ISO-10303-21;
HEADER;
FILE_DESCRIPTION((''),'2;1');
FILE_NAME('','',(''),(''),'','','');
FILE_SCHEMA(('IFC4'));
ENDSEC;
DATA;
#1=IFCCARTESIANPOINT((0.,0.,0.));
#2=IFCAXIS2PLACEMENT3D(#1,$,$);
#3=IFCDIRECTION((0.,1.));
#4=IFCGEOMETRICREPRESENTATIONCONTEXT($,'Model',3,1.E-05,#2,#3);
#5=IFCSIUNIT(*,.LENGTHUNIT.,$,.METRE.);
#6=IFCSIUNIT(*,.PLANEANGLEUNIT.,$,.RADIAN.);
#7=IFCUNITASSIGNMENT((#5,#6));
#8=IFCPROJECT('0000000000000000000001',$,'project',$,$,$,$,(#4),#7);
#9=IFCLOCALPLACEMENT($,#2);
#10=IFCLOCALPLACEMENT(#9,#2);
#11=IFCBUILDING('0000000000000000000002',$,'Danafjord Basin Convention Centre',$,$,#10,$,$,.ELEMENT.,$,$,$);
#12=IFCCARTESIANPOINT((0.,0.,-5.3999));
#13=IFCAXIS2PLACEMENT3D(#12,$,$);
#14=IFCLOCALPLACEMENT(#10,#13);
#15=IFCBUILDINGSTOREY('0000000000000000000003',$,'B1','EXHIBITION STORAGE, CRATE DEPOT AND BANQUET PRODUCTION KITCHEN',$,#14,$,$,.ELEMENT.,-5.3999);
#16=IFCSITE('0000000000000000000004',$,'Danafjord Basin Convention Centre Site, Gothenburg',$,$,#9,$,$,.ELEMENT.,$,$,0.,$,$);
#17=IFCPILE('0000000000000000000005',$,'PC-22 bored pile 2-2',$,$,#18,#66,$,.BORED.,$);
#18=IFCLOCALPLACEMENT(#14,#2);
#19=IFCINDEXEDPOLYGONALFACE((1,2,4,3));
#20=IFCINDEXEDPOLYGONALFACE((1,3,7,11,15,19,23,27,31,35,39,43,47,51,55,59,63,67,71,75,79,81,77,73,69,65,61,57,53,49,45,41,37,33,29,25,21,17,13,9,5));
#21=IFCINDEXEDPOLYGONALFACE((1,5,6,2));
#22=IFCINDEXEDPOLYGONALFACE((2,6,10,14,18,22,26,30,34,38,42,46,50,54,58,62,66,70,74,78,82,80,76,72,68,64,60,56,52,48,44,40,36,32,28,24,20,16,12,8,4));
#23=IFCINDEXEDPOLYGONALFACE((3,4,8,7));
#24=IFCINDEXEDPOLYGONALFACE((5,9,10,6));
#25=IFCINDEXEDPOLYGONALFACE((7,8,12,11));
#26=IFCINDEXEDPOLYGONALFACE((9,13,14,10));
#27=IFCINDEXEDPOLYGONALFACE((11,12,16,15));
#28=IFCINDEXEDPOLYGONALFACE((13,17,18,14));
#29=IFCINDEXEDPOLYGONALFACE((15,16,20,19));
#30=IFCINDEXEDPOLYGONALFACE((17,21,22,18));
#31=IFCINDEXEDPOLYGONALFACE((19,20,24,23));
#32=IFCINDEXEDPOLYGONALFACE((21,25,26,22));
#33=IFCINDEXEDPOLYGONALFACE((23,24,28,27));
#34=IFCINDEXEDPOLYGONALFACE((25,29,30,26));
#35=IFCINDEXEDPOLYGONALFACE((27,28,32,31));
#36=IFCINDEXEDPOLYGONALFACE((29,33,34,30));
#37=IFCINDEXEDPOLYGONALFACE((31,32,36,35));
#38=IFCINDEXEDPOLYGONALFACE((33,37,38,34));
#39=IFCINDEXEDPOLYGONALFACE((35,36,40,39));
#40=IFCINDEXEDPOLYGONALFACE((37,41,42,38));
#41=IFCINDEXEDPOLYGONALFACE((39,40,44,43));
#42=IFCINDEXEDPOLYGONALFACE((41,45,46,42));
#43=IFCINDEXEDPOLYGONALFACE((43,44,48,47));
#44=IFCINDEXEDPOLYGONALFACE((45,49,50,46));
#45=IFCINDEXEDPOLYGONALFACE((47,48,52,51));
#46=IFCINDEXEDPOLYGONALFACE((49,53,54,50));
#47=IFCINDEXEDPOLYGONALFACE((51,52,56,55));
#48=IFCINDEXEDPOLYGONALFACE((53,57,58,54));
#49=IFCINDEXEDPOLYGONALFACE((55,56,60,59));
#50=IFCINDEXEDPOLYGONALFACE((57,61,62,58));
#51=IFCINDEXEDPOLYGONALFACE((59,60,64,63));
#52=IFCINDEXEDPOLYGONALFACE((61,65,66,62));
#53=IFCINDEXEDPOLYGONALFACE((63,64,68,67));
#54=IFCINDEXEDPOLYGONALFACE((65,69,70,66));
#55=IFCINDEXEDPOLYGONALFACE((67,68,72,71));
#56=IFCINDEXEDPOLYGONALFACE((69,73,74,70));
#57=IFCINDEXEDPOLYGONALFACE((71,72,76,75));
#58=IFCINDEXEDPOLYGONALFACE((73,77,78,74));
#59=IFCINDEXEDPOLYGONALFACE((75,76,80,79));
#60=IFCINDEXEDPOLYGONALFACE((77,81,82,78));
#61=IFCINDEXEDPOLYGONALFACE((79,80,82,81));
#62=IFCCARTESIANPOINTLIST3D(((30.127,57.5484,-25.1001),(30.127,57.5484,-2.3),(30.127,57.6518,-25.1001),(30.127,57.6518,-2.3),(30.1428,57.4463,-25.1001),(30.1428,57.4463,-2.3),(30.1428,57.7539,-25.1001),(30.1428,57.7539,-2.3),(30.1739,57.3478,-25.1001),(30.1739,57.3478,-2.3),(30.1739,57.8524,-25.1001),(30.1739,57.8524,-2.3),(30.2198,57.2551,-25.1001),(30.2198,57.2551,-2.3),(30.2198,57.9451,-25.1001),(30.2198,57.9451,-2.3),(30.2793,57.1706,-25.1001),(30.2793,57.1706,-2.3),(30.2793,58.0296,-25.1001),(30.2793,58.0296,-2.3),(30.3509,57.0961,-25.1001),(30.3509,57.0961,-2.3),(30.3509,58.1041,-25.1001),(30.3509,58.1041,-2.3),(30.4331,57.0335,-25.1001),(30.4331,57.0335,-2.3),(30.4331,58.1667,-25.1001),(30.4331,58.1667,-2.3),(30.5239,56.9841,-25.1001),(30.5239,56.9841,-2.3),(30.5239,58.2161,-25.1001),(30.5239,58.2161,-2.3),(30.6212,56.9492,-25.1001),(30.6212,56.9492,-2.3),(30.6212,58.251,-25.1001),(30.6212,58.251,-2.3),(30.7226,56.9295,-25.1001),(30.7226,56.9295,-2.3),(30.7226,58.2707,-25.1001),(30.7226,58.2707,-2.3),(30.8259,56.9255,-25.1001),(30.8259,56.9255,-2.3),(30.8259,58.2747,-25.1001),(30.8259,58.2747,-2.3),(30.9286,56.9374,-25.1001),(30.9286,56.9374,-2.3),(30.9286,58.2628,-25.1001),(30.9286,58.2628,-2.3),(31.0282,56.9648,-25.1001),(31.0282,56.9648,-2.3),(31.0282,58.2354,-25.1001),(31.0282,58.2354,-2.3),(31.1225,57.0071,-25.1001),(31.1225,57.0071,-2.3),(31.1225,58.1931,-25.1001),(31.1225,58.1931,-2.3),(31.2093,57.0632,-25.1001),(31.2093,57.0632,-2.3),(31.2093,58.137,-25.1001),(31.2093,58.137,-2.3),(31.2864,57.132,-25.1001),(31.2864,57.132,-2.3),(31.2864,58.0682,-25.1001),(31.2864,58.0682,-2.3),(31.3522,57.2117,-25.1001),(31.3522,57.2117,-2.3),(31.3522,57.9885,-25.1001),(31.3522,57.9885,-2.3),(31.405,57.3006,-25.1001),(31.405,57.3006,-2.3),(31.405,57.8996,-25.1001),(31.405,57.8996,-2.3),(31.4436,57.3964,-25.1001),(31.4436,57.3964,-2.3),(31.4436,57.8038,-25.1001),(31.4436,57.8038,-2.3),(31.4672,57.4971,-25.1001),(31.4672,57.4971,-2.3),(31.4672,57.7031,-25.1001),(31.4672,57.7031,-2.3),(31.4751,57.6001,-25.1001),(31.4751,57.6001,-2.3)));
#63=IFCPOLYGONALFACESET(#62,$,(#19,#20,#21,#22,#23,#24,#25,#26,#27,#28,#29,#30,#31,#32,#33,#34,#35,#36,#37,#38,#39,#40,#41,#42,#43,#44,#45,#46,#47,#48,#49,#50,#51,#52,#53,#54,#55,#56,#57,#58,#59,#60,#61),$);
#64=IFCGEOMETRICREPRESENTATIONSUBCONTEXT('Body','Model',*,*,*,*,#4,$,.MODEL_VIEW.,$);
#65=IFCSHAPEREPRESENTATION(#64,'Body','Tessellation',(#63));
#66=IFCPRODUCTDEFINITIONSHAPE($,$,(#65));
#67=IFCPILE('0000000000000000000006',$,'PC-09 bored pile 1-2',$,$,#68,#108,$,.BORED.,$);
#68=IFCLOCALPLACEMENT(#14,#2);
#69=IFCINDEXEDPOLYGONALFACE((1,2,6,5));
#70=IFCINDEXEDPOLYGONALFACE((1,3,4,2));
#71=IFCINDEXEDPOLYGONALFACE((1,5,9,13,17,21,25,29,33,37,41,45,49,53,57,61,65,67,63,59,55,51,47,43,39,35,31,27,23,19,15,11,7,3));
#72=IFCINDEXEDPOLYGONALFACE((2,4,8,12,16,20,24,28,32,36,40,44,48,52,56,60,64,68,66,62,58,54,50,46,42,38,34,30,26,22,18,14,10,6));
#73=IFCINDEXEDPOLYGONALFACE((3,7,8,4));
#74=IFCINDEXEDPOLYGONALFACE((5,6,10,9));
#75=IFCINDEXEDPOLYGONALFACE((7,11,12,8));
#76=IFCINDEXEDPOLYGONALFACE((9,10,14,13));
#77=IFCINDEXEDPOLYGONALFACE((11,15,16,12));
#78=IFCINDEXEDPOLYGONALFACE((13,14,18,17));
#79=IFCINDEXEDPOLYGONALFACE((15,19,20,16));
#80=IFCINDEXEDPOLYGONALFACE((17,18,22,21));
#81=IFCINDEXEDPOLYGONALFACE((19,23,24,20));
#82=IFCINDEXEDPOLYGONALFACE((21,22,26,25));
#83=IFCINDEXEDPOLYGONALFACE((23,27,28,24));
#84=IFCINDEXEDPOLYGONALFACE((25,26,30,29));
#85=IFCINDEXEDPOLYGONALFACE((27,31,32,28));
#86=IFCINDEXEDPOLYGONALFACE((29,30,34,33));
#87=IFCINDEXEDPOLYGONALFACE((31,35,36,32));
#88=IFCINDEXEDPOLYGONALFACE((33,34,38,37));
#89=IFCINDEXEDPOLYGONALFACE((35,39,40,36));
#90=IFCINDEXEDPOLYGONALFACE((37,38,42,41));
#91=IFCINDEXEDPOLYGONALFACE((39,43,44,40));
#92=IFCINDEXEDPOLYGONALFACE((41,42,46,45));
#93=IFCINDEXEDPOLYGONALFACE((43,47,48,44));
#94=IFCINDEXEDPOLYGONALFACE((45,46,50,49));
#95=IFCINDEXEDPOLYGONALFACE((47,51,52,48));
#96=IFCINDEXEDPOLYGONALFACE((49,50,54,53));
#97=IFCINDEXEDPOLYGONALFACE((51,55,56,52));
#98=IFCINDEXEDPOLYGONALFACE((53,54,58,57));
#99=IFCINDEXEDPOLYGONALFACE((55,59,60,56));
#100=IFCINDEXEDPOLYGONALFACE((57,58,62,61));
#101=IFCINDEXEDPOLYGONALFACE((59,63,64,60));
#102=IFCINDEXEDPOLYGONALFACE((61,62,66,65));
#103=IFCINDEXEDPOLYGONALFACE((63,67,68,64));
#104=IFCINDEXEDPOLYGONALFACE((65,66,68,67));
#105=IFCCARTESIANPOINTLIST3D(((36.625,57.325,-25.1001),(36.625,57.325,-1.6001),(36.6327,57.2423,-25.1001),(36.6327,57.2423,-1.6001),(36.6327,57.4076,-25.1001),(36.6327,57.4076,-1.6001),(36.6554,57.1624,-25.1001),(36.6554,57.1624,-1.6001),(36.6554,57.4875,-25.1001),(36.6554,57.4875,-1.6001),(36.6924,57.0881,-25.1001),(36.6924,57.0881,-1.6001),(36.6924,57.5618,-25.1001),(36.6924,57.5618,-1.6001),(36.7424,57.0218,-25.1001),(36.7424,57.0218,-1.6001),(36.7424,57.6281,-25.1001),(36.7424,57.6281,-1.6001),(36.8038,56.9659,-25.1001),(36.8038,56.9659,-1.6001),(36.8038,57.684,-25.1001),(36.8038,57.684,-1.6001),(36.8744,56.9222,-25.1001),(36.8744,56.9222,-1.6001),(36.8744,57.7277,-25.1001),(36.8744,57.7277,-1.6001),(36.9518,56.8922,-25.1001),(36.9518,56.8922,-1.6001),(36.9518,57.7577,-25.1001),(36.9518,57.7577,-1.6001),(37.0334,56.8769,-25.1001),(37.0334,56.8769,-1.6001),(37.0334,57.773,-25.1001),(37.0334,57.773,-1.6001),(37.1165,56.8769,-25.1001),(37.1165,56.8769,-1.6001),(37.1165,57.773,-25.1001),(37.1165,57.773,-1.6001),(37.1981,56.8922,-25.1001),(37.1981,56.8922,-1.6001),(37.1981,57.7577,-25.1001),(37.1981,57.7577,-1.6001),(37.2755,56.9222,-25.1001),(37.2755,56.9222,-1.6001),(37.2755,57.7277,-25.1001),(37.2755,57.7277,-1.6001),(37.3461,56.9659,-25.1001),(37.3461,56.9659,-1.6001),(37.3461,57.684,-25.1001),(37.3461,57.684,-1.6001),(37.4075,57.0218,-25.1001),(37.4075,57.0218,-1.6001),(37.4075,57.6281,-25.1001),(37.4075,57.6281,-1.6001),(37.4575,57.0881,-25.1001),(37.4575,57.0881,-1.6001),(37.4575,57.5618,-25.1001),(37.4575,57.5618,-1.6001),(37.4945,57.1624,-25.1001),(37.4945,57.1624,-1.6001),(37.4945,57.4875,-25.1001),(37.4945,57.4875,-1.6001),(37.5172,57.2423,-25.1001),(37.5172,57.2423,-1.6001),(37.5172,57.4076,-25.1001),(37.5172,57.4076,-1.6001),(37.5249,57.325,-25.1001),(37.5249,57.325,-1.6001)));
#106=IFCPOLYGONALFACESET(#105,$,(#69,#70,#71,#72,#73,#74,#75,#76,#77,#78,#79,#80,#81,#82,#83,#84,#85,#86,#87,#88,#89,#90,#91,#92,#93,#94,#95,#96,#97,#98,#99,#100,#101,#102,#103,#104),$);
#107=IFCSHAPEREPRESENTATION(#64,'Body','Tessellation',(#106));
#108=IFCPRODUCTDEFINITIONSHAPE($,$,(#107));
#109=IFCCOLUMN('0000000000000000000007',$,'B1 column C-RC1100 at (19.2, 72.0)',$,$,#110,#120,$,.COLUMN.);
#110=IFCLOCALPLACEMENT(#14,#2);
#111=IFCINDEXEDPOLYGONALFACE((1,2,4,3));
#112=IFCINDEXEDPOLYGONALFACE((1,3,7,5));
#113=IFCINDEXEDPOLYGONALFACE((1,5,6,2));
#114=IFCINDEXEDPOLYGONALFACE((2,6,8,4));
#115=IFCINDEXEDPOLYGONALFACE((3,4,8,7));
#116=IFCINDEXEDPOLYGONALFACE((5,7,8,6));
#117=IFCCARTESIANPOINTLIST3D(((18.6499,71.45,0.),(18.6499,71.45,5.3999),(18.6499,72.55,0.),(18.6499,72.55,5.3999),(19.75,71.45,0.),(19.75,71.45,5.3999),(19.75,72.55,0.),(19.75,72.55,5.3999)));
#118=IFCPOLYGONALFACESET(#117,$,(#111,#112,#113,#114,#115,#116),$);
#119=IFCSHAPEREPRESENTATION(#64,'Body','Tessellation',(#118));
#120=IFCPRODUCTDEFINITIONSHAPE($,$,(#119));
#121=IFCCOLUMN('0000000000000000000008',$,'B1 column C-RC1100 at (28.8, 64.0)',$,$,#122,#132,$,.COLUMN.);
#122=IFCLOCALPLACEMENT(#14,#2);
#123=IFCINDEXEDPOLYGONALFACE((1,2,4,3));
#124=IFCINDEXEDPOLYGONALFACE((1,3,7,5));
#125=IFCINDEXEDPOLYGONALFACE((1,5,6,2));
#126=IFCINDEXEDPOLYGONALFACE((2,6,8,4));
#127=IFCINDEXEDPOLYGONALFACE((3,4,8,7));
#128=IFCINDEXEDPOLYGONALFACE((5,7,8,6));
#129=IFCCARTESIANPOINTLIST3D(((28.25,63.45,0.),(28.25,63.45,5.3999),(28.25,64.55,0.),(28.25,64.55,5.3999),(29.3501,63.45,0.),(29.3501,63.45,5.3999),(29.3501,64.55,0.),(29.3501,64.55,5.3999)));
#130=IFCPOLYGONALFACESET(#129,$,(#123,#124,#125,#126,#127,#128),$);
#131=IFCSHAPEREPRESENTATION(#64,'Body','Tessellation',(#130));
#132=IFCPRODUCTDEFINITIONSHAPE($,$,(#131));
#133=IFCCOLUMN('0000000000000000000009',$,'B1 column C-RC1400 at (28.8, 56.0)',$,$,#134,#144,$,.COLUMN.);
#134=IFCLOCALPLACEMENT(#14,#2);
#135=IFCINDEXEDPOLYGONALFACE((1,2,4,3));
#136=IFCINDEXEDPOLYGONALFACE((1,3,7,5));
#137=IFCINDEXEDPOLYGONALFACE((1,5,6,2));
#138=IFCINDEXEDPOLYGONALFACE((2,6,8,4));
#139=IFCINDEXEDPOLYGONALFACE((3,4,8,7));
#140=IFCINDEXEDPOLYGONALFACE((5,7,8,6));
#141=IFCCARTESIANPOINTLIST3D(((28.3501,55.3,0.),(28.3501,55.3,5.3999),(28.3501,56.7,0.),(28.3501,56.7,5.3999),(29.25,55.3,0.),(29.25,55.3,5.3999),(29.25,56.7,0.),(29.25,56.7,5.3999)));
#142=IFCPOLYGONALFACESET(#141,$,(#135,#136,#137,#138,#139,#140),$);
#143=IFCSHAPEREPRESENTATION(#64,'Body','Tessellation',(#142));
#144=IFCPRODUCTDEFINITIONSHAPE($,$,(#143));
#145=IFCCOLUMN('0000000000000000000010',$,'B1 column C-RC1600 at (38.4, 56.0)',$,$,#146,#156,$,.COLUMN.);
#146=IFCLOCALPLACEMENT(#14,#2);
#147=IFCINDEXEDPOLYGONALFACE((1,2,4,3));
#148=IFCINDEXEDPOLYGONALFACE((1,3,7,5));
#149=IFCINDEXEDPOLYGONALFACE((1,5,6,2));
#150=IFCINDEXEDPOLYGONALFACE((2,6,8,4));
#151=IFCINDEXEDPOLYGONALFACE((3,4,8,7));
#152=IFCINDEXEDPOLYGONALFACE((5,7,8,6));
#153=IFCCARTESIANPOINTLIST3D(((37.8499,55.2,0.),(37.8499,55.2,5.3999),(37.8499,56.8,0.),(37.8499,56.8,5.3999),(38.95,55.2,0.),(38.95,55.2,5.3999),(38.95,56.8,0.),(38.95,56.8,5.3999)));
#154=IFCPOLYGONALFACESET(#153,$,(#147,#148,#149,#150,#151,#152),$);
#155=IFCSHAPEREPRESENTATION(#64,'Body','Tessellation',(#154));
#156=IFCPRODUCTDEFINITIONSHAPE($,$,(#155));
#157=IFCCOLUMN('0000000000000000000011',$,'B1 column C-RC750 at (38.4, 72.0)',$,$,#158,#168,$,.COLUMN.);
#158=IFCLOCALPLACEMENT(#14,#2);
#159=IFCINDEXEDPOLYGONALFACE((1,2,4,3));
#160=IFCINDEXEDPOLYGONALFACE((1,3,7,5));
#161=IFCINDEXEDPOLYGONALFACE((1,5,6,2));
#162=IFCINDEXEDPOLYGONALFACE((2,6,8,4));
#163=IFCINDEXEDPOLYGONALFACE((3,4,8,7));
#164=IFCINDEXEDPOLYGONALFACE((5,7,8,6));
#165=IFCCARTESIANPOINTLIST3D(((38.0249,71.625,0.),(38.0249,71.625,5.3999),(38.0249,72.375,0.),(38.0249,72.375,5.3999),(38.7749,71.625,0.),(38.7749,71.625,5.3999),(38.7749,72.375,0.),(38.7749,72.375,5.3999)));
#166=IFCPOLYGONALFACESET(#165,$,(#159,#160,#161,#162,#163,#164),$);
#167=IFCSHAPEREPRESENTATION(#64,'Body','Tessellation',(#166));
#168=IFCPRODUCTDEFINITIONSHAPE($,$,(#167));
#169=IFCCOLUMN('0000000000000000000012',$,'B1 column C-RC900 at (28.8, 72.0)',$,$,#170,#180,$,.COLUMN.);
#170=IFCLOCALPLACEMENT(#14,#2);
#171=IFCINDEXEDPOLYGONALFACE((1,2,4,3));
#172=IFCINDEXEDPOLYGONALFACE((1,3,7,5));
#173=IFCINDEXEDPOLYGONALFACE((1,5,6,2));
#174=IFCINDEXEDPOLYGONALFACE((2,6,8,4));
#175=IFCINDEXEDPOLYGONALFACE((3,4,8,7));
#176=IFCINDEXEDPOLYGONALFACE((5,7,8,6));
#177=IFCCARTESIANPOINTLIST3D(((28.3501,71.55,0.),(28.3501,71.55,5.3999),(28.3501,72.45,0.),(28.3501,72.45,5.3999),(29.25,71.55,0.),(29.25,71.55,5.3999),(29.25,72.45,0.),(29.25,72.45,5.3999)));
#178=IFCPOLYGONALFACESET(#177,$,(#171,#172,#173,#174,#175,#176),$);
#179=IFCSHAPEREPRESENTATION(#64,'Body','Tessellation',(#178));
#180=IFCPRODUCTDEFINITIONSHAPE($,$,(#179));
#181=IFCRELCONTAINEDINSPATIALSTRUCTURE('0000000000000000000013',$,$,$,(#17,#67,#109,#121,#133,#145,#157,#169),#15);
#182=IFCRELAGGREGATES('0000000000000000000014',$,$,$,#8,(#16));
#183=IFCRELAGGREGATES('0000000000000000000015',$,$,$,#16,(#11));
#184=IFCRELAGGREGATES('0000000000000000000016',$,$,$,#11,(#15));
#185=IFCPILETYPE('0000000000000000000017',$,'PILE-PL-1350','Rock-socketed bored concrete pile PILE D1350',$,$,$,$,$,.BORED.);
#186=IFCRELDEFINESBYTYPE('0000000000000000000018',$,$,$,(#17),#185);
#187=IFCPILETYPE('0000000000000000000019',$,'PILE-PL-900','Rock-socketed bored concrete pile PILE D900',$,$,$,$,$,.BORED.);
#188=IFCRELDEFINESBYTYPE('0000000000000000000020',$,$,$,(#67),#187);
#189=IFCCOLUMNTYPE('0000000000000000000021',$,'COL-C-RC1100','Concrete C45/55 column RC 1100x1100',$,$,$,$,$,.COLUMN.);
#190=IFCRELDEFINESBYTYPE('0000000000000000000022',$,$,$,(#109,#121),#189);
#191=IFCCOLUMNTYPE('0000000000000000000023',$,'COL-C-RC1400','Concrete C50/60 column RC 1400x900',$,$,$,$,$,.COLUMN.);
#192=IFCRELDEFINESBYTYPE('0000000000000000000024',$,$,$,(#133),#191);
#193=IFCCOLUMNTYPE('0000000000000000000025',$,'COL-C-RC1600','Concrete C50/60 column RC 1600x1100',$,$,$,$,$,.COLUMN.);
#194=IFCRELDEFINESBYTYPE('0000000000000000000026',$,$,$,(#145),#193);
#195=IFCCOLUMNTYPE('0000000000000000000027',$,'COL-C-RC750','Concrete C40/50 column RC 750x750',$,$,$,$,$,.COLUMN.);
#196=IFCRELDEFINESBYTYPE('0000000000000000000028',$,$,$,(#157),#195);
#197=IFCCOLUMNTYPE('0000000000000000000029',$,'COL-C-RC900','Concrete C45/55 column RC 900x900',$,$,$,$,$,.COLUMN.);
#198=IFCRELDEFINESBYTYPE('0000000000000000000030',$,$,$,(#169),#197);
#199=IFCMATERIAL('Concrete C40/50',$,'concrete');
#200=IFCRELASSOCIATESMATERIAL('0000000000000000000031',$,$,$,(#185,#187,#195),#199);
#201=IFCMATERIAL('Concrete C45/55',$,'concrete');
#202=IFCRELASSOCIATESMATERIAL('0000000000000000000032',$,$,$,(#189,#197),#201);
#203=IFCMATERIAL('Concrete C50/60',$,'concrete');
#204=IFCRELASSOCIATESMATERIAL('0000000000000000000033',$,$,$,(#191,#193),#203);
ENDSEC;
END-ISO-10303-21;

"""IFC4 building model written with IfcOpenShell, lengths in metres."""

from ifc_helpers import new_model, si_unit, direction, frame, origin, origin_2d, place, context, subcontext, project, spatial, rectangle, circle, extrude, material, material_profile, profile_set, type_object, element, save


model = new_model("IFC4")

# Units and contexts
model_context = context("Model", 3, precision=1e-05, world=origin(), true_north=direction((0.0, 1.0)))
body_context = subcontext(model_context, "Body", "Model", "MODEL_VIEW")
ifc_project = project(units=[si_unit("LENGTHUNIT", "METRE"), si_unit("PLANEANGLEUNIT", "RADIAN")], contexts=[model_context])

# Site, building, storey
site_placement = place(None, origin())
site = spatial("IfcSite", under=ifc_project, at=site_placement, Name="Danafjord Basin Convention Centre Site, Gothenburg", CompositionType="ELEMENT", RefElevation=0.0)
building_placement = place(site_placement, origin())
building = spatial("IfcBuilding", under=site, at=building_placement, Name="Danafjord Basin Convention Centre", CompositionType="ELEMENT")
storey_placement = place(building_placement, frame((0.0, 0.0, -5.3999)))
storey = spatial("IfcBuildingStorey", under=building, at=storey_placement, Name="B1", Description="EXHIBITION STORAGE, CRATE DEPOT AND BANQUET PRODUCTION KITCHEN", CompositionType="ELEMENT", Elevation=-5.3999)

# Shared definitions
ifc_material_1 = material(Name="Concrete C40/50", Category="concrete")

# Piles
ifc_material_profile_1 = material_profile(ifc_material_1, circle(Radius=0.675, at=origin_2d()), Name="PILE D1350")
ifc_profile_set_1 = profile_set([ifc_material_profile_1], Name="Concrete C40/50")
pile_type_1 = type_object("IfcPileType", Name="PILE-PL-1350", Description="Rock-socketed bored concrete pile PILE D1350", PredefinedType="BORED", material=ifc_profile_set_1)
for number, where, z_axis, x_axis, name in (
    (1, (30.8, 57.6001, -2.3), (0.0, 0.0, -1.0), (1.0, 0.0, 0.0), "PC-22 bored pile 2-2"),
):
    element("IfcPile", number, at=place(storey_placement, frame(where, z_axis=z_axis, x_axis=x_axis)), inside=storey, type_object=pile_type_1, Name=name, PredefinedType="BORED", context=body_context, shape_type="SweptSolid", body=[
        extrude(circle(Radius=0.675, at=origin_2d()), origin(), (0.0, 0.0, 1.0), 22.8),
    ])
ifc_material_profile_2 = material_profile(ifc_material_1, circle(Radius=0.45, at=origin_2d()), Name="PILE D900")
ifc_profile_set_2 = profile_set([ifc_material_profile_2], Name="Concrete C40/50")
pile_type_2 = type_object("IfcPileType", Name="PILE-PL-900", Description="Rock-socketed bored concrete pile PILE D900", PredefinedType="BORED", material=ifc_profile_set_2)
pile_placement = place(storey_placement, frame((37.075, 57.325, -1.6001), z_axis=(0.0, 0.0, -1.0), x_axis=(1.0, 0.0, 0.0)))
element("IfcPile", 2, at=pile_placement, inside=storey, type_object=pile_type_2, Name="PC-09 bored pile 1-2", PredefinedType="BORED", context=body_context, shape_type="SweptSolid", body=[
    extrude(circle(Radius=0.45, at=origin_2d()), origin(), (0.0, 0.0, 1.0), 23.5),
])

# Columns
ifc_material_2 = material(Name="Concrete C45/55", Category="concrete")
ifc_material_profile_3 = material_profile(ifc_material_2, rectangle(XDim=1.1001, YDim=1.1001, at=origin_2d()), Name="RC 1100x1100")
ifc_profile_set_3 = profile_set([ifc_material_profile_3], Name="Concrete C45/55")
column_type_1 = type_object("IfcColumnType", Name="COL-C-RC1100", Description="Concrete C45/55 column RC 1100x1100", PredefinedType="COLUMN", material=ifc_profile_set_3)
for number, where, z_axis, x_axis, name in (
    (3, (19.2, 72.0, 0.0), (0.0, 0.0, 1.0), (1.0, 0.0, 0.0), "B1 column C-RC1100 at (19.2, 72.0)"),
    (4, (28.8, 64.0, 0.0), (0.0, 0.0, 1.0), (1.0, 0.0, 0.0), "B1 column C-RC1100 at (28.8, 64.0)"),
):
    element("IfcColumn", number, at=place(storey_placement, frame(where, z_axis=z_axis, x_axis=x_axis)), inside=storey, type_object=column_type_1, Name=name, PredefinedType="COLUMN", context=body_context, shape_type="SweptSolid", body=[
        extrude(rectangle(XDim=1.1001, YDim=1.1001, at=origin_2d()), origin(), (0.0, 0.0, 1.0), 5.3999),
    ])
ifc_material_3 = material(Name="Concrete C50/60", Category="concrete")
ifc_material_profile_4 = material_profile(ifc_material_3, rectangle(XDim=0.8999, YDim=1.3999, at=origin_2d()), Name="RC 1400x900")
ifc_profile_set_4 = profile_set([ifc_material_profile_4], Name="Concrete C50/60")
column_type_2 = type_object("IfcColumnType", Name="COL-C-RC1400", Description="Concrete C50/60 column RC 1400x900", PredefinedType="COLUMN", material=ifc_profile_set_4)
column_1_placement = place(storey_placement, frame((28.8, 56.0, 0.0), z_axis=(0.0, 0.0, 1.0), x_axis=(1.0, 0.0, 0.0)))
element("IfcColumn", 5, at=column_1_placement, inside=storey, type_object=column_type_2, Name="B1 column C-RC1400 at (28.8, 56.0)", PredefinedType="COLUMN", context=body_context, shape_type="SweptSolid", body=[
    extrude(rectangle(XDim=0.8999, YDim=1.3999, at=origin_2d()), origin(), (0.0, 0.0, 1.0), 5.3999),
])
ifc_material_profile_5 = material_profile(ifc_material_3, rectangle(XDim=1.1001, YDim=1.6001, at=origin_2d()), Name="RC 1600x1100")
ifc_profile_set_5 = profile_set([ifc_material_profile_5], Name="Concrete C50/60")
column_type_3 = type_object("IfcColumnType", Name="COL-C-RC1600", Description="Concrete C50/60 column RC 1600x1100", PredefinedType="COLUMN", material=ifc_profile_set_5)
column_2_placement = place(storey_placement, frame((38.3999, 56.0, 0.0), z_axis=(0.0, 0.0, 1.0), x_axis=(1.0, 0.0, 0.0)))
element("IfcColumn", 6, at=column_2_placement, inside=storey, type_object=column_type_3, Name="B1 column C-RC1600 at (38.4, 56.0)", PredefinedType="COLUMN", context=body_context, shape_type="SweptSolid", body=[
    extrude(rectangle(XDim=1.1001, YDim=1.6001, at=origin_2d()), origin(), (0.0, 0.0, 1.0), 5.3999),
])
ifc_material_profile_6 = material_profile(ifc_material_1, rectangle(XDim=0.75, YDim=0.75, at=origin_2d()), Name="RC 750x750")
ifc_profile_set_6 = profile_set([ifc_material_profile_6], Name="Concrete C40/50")
column_type_4 = type_object("IfcColumnType", Name="COL-C-RC750", Description="Concrete C40/50 column RC 750x750", PredefinedType="COLUMN", material=ifc_profile_set_6)
column_3_placement = place(storey_placement, frame((38.3999, 72.0, 0.0), z_axis=(0.0, 0.0, 1.0), x_axis=(1.0, 0.0, 0.0)))
element("IfcColumn", 7, at=column_3_placement, inside=storey, type_object=column_type_4, Name="B1 column C-RC750 at (38.4, 72.0)", PredefinedType="COLUMN", context=body_context, shape_type="SweptSolid", body=[
    extrude(rectangle(XDim=0.75, YDim=0.75, at=origin_2d()), origin(), (0.0, 0.0, 1.0), 5.3999),
])
ifc_material_profile_7 = material_profile(ifc_material_2, rectangle(XDim=0.8999, YDim=0.8999, at=origin_2d()), Name="RC 900x900")
ifc_profile_set_7 = profile_set([ifc_material_profile_7], Name="Concrete C45/55")
column_type_5 = type_object("IfcColumnType", Name="COL-C-RC900", Description="Concrete C45/55 column RC 900x900", PredefinedType="COLUMN", material=ifc_profile_set_7)
for number, where, z_axis, x_axis, name in (
    (8, (28.8, 72.0, 0.0), (0.0, 0.0, 1.0), (1.0, 0.0, 0.0), "B1 column C-RC900 at (28.8, 72.0)"),
):
    element("IfcColumn", number, at=place(storey_placement, frame(where, z_axis=z_axis, x_axis=x_axis)), inside=storey, type_object=column_type_5, Name=name, PredefinedType="COLUMN", context=body_context, shape_type="SweptSolid", body=[
        extrude(rectangle(XDim=0.8999, YDim=0.8999, at=origin_2d()), origin(), (0.0, 0.0, 1.0), 5.3999),
    ])

save(model, "model.ifc")
